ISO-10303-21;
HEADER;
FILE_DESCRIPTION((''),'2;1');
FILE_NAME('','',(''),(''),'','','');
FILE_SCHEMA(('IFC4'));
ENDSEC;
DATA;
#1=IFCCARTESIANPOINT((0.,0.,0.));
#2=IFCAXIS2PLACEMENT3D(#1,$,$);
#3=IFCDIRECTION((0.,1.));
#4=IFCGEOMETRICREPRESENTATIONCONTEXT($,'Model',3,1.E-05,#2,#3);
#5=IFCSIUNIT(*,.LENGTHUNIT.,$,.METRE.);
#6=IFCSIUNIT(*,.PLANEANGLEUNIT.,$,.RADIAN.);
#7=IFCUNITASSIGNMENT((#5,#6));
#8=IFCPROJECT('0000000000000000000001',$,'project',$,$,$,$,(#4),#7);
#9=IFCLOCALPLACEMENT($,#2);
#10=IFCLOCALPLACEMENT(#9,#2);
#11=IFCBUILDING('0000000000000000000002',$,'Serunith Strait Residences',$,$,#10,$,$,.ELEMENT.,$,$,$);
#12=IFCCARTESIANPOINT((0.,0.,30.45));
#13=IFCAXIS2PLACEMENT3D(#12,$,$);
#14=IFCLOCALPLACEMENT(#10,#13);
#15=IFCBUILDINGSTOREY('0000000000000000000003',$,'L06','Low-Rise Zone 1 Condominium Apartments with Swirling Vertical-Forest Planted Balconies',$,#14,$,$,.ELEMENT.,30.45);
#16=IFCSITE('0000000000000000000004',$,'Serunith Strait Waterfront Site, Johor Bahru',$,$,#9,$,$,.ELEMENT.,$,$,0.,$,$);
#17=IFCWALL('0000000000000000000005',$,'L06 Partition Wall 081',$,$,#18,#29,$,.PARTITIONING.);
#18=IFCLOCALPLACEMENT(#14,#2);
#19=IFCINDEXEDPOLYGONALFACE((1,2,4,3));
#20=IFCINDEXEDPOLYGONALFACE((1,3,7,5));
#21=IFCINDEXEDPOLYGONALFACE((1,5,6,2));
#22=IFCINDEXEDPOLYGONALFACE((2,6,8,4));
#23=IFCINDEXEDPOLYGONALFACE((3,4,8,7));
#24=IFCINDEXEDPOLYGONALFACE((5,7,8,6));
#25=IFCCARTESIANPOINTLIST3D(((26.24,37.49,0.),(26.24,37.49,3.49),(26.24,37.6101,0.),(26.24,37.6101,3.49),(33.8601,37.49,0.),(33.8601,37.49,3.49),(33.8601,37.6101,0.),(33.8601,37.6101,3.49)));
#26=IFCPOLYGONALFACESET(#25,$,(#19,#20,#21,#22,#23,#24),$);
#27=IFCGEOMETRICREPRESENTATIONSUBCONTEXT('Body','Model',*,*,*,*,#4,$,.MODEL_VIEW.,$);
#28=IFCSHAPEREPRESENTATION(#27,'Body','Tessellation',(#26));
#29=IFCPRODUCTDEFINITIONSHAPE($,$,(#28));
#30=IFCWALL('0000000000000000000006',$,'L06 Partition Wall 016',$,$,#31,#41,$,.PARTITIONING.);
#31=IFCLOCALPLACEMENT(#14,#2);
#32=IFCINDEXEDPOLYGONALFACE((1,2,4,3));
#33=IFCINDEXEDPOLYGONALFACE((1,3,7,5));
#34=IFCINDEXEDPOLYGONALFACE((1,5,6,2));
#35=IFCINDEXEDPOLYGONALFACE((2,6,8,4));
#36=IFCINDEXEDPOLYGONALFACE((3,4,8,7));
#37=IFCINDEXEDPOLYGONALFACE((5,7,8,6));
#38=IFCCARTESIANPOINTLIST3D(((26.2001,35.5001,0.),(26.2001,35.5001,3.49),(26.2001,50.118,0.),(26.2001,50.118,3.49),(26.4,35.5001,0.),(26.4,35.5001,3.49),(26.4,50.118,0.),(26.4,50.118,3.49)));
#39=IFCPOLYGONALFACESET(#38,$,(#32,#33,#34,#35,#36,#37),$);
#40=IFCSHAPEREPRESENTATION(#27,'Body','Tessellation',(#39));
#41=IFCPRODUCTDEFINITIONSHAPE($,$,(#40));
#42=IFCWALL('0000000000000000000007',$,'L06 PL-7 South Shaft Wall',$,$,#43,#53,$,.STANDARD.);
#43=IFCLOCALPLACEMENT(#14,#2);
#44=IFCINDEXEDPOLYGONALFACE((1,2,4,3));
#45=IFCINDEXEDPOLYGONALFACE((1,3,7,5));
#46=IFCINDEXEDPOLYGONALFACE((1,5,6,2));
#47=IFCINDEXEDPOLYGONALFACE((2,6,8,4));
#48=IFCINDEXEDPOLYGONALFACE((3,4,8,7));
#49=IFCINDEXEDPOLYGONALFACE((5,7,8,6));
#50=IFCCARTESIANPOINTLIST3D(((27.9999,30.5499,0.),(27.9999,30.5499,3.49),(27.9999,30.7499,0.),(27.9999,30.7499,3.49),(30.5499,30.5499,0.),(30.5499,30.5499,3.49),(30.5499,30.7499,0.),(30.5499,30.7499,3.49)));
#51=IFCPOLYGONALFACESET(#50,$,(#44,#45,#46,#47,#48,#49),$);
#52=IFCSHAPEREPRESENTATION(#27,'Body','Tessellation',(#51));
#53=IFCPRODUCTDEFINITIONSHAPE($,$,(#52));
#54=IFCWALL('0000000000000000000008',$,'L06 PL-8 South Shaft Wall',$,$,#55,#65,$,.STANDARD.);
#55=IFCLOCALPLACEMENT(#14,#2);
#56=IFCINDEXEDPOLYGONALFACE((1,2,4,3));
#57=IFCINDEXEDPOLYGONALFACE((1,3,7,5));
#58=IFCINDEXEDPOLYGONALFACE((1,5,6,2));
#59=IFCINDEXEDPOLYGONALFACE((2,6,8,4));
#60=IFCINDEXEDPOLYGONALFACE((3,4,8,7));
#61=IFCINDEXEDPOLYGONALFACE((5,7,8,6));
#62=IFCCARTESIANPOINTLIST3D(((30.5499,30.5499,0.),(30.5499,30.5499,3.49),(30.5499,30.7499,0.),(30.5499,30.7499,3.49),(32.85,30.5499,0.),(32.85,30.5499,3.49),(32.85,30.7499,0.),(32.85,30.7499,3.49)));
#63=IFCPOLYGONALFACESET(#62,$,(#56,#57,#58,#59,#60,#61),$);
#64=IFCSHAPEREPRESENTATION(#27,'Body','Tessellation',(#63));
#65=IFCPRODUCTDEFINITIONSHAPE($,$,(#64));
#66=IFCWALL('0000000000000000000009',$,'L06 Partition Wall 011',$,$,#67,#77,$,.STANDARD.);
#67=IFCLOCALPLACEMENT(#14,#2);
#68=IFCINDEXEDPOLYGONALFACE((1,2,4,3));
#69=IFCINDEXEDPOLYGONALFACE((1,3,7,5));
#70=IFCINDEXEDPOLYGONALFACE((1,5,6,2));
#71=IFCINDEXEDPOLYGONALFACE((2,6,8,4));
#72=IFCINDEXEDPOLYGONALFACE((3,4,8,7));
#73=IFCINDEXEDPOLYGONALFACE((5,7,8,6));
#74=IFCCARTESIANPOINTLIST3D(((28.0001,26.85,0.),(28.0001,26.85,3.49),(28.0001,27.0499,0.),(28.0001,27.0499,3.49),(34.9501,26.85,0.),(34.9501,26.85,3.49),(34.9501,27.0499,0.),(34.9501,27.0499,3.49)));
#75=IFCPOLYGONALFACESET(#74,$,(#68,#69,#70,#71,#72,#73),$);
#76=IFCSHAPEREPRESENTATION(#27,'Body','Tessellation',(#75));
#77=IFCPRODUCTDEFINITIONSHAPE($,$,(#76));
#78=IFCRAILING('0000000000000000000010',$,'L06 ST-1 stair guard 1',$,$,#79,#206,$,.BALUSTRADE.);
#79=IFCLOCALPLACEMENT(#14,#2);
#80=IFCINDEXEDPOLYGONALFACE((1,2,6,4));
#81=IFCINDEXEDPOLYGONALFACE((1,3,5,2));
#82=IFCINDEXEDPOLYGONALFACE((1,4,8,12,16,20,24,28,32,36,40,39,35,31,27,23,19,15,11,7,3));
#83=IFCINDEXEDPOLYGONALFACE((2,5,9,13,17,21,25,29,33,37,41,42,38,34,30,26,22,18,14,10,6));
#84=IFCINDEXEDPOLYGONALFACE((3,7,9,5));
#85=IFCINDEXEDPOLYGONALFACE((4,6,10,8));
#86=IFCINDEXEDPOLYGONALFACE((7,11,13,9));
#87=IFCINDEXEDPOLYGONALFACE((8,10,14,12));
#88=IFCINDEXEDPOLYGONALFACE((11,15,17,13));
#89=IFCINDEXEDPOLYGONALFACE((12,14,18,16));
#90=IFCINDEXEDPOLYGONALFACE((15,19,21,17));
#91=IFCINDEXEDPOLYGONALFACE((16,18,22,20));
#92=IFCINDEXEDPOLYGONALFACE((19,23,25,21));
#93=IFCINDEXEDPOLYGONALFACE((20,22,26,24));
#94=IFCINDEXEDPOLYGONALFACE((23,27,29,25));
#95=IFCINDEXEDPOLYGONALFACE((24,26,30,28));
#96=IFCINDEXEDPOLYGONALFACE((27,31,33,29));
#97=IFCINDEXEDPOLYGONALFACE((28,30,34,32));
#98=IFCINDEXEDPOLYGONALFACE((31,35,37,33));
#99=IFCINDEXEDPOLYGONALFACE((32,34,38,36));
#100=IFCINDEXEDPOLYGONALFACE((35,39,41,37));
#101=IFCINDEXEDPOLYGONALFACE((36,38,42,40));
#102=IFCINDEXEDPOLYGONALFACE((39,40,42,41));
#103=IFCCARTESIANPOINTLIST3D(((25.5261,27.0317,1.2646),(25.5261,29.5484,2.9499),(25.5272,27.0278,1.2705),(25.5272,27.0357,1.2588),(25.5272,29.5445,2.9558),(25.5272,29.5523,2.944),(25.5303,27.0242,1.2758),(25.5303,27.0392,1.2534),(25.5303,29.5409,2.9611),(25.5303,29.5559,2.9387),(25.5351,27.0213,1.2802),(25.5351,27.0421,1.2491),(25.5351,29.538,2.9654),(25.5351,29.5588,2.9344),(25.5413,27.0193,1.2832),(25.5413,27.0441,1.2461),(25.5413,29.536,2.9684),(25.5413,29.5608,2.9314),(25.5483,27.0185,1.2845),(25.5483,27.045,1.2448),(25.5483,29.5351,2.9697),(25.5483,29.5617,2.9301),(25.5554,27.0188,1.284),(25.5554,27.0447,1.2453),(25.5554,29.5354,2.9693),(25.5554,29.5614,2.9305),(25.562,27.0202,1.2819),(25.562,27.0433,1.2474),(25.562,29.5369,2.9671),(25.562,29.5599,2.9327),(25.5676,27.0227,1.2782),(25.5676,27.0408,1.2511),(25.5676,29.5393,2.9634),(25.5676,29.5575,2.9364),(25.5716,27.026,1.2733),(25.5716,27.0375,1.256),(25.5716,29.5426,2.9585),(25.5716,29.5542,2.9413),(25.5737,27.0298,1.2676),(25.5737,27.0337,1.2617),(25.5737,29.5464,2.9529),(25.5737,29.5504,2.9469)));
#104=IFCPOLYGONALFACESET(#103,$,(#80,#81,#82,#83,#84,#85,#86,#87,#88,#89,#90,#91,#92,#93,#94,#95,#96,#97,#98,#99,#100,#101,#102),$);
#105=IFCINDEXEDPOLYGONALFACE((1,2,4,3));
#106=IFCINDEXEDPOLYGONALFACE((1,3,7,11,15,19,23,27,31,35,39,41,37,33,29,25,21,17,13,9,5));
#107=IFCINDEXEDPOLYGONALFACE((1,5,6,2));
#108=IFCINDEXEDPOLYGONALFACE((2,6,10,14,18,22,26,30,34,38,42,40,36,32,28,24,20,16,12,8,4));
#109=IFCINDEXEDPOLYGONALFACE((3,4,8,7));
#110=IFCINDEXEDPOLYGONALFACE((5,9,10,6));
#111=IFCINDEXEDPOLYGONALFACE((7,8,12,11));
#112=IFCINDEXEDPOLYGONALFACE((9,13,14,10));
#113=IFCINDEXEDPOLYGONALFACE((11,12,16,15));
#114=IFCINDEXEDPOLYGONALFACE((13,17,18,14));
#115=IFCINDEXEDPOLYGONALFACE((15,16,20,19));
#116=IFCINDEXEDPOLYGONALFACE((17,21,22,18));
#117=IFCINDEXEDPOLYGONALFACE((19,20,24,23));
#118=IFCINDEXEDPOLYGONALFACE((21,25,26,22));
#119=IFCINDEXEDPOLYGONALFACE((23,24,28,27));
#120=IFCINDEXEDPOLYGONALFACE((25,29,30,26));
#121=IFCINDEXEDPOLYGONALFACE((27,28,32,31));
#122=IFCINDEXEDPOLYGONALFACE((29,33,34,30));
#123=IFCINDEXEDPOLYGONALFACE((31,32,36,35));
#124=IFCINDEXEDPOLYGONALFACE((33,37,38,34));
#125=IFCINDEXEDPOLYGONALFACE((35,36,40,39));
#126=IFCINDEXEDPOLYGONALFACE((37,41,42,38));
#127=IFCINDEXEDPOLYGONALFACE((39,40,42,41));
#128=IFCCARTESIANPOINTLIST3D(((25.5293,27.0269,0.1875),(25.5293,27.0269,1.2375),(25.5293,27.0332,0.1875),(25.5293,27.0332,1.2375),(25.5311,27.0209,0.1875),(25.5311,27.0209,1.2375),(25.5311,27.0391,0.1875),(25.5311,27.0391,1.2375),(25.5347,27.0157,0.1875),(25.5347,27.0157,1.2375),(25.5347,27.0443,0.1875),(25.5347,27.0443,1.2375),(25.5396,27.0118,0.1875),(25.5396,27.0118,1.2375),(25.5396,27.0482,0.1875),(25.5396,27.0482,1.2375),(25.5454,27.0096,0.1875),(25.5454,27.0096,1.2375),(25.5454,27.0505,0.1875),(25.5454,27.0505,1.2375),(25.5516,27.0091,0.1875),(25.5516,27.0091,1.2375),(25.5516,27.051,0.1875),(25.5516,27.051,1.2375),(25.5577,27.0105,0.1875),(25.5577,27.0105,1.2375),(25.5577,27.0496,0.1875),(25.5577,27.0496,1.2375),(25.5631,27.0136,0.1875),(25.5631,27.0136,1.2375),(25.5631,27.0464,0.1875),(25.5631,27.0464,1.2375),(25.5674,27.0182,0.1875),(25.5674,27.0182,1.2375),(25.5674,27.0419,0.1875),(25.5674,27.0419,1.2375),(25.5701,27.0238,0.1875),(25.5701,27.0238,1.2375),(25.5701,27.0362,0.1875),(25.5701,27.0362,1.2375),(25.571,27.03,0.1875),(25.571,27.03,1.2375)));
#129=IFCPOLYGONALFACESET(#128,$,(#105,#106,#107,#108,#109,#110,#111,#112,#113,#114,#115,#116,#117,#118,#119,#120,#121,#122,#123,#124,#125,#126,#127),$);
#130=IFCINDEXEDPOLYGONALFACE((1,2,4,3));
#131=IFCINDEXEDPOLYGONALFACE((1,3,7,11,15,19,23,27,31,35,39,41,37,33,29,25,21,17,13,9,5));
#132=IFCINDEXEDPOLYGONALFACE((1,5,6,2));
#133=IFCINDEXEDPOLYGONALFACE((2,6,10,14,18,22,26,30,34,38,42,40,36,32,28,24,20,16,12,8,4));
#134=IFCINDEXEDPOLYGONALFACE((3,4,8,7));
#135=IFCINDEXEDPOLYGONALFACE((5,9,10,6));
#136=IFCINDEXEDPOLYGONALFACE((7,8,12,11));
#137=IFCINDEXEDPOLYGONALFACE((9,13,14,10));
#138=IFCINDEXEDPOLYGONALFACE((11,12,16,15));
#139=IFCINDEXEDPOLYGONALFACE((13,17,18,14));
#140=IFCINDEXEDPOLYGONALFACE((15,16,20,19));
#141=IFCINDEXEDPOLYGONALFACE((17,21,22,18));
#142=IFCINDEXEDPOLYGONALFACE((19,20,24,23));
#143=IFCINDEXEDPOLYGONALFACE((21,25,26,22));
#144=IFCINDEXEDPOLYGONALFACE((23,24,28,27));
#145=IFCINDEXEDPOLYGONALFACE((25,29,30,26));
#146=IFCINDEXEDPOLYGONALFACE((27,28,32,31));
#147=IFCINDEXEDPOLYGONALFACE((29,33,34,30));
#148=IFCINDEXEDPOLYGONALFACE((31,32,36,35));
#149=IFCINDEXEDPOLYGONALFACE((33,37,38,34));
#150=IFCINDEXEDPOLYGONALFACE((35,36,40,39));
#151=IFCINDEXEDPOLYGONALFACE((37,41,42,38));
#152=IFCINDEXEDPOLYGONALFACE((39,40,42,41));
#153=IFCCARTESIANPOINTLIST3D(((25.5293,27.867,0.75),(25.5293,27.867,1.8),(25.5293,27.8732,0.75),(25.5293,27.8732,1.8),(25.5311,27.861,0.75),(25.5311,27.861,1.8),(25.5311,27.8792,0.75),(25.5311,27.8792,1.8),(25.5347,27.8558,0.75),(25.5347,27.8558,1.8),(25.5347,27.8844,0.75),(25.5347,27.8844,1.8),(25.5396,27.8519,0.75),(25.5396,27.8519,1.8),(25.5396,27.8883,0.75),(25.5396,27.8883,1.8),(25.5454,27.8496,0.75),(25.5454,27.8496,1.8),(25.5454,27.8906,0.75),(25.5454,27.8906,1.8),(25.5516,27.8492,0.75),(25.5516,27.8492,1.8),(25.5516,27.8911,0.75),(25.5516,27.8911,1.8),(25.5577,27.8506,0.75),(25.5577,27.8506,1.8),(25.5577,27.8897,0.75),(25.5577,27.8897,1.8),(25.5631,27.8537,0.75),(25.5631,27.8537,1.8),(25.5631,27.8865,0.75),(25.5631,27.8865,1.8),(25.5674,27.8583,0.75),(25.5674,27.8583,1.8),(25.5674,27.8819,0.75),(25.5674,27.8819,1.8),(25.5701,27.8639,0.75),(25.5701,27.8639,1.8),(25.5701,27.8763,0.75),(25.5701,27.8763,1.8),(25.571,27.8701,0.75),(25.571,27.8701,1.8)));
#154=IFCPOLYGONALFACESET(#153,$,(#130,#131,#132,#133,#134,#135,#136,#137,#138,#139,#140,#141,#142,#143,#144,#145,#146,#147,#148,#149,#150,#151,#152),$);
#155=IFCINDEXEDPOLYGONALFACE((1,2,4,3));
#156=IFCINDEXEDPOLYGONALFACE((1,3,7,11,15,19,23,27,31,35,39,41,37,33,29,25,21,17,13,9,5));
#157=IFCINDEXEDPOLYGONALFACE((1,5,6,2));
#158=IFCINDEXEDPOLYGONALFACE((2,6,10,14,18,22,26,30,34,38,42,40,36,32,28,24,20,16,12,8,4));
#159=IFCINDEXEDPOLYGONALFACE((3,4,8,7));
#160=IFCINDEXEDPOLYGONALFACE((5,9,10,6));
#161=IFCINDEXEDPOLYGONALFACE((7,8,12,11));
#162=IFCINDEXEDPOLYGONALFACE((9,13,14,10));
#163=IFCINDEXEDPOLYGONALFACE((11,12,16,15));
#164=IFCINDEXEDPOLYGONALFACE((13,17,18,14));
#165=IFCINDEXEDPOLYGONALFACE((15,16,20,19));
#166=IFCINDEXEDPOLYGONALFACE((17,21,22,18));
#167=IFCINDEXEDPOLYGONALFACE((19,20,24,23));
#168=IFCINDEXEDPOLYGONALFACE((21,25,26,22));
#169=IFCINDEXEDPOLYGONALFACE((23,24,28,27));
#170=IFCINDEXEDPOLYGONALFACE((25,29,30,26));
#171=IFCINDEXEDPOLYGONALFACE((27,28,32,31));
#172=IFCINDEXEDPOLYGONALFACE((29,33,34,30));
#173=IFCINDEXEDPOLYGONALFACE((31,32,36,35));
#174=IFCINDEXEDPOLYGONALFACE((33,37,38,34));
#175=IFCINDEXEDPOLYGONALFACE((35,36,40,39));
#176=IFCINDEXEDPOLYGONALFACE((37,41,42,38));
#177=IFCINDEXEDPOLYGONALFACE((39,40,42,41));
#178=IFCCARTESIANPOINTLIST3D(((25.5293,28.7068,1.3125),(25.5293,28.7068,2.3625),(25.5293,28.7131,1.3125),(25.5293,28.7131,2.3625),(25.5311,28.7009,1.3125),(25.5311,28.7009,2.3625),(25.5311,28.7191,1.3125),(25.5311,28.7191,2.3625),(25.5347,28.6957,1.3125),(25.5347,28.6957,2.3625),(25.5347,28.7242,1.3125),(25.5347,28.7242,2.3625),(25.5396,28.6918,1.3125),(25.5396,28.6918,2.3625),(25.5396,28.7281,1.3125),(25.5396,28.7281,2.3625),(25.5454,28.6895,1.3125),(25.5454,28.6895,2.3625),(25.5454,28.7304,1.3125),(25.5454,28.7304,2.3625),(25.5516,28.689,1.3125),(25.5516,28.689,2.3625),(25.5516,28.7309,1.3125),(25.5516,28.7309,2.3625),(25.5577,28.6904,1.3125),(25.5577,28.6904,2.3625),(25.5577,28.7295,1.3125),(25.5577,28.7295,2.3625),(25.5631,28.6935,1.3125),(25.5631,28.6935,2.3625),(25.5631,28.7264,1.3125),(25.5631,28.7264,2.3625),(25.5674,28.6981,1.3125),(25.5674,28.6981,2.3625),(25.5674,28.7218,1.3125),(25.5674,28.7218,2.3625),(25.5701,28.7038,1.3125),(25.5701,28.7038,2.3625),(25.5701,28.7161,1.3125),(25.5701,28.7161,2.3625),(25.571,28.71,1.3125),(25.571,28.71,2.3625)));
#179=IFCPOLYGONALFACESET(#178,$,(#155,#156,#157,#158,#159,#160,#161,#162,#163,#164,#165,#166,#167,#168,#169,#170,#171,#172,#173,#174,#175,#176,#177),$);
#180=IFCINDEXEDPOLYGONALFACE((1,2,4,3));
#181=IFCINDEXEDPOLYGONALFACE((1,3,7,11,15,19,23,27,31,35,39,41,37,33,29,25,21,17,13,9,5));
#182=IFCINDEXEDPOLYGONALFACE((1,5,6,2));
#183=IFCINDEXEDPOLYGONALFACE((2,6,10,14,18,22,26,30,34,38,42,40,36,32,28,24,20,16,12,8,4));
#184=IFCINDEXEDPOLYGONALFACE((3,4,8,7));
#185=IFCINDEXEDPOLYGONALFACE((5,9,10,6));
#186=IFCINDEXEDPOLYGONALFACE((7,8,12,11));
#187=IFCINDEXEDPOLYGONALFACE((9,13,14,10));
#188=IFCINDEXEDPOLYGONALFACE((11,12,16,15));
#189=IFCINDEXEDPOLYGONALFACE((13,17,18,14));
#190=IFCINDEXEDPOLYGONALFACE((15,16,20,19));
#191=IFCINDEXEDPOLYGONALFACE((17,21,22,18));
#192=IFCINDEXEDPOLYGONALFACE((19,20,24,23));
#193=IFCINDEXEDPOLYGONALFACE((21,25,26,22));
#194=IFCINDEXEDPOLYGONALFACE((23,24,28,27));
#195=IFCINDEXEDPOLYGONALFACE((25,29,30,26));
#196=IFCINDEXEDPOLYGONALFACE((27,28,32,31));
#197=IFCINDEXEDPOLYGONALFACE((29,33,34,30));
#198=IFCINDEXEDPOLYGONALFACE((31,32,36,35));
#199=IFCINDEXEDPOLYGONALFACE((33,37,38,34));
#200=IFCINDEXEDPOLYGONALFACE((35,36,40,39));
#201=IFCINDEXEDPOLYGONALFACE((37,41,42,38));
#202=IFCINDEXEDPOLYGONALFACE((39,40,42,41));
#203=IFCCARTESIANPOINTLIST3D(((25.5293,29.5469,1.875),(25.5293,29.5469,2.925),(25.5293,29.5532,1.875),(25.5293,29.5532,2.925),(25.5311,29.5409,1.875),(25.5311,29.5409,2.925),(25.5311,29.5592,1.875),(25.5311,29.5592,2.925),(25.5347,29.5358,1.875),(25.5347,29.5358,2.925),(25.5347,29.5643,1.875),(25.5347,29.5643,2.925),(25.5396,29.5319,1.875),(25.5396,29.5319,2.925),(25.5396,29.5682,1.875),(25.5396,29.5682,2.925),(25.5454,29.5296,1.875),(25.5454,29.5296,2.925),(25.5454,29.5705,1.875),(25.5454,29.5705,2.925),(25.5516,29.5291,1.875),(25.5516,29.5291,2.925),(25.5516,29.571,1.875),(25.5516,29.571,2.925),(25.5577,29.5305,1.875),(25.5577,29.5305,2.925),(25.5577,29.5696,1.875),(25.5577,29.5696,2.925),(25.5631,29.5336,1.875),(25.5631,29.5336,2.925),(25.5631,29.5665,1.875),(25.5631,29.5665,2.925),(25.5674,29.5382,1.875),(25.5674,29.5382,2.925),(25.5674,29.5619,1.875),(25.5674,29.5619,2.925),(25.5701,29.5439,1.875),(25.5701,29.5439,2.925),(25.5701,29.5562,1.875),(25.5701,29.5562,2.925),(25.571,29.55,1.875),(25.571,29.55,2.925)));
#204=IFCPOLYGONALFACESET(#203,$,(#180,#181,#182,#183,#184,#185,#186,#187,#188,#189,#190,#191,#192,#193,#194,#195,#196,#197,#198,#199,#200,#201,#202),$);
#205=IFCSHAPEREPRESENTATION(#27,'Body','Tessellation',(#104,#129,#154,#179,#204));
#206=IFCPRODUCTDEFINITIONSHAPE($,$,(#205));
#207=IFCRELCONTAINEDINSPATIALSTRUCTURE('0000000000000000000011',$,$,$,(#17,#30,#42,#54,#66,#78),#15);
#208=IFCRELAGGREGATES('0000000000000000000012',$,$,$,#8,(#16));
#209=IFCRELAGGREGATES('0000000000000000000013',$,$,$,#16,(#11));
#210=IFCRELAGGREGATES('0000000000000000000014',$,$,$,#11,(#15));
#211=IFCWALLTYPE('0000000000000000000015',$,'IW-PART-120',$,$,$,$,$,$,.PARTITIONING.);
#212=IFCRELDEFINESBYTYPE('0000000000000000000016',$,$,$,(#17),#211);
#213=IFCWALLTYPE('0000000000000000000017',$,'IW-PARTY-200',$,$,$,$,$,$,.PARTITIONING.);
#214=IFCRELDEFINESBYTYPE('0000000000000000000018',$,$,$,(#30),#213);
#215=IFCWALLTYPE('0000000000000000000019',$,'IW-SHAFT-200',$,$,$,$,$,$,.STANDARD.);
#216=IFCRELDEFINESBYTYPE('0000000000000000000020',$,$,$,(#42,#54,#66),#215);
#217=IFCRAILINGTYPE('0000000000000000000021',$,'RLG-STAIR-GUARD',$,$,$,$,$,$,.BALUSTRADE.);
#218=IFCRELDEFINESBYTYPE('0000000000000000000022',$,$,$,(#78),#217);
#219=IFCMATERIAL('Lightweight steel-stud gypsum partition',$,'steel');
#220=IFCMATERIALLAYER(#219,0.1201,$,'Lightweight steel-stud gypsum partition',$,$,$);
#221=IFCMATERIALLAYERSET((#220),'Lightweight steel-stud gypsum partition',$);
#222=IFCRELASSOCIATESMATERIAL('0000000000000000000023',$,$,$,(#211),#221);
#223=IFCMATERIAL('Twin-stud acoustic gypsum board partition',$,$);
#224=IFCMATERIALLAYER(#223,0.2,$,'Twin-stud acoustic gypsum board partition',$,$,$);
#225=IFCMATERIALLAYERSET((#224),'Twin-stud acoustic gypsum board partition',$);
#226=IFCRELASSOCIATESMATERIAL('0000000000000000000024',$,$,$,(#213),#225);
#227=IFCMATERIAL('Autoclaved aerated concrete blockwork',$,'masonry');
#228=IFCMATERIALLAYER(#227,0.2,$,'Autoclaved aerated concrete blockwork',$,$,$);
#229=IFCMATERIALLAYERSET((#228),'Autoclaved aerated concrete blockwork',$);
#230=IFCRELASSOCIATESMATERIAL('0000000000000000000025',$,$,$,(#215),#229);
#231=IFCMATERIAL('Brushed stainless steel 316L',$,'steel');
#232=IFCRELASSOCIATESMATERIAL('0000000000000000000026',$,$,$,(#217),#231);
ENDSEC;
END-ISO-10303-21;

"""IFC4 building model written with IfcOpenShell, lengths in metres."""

from ifc_helpers import new_model, si_unit, direction, frame, frame_2d, origin, origin_2d, place, context, subcontext, project, spatial, rectangle, circle, extrude, material, layer, layer_set, type_object, element, save


model = new_model("IFC4")

# Units and contexts
model_context = context("Model", 3, precision=1e-05, world=origin(), true_north=direction((0.0, 1.0)))
body_context = subcontext(model_context, "Body", "Model", "MODEL_VIEW")
ifc_project = project(units=[si_unit("LENGTHUNIT", "METRE"), si_unit("PLANEANGLEUNIT", "RADIAN")], contexts=[model_context])

# Site, building, storey
site_placement = place(None, origin())
site = spatial("IfcSite", under=ifc_project, at=site_placement, Name="Serunith Strait Waterfront Site, Johor Bahru", CompositionType="ELEMENT", RefElevation=0.0)
building_placement = place(site_placement, origin())
building = spatial("IfcBuilding", under=site, at=building_placement, Name="Serunith Strait Residences", CompositionType="ELEMENT")
storey_placement = place(building_placement, frame((0.0, 0.0, 30.45)))
storey = spatial("IfcBuildingStorey", under=building, at=storey_placement, Name="L06", Description="Low-Rise Zone 1 Condominium Apartments with Swirling Vertical-Forest Planted Balconies", CompositionType="ELEMENT", Elevation=30.45)

# Walls
ifc_material_1 = material(Name="Lightweight steel-stud gypsum partition", Category="steel")
ifc_layer_1 = layer(ifc_material_1, 0.1201, Name="Lightweight steel-stud gypsum partition")
ifc_layer_set_1 = layer_set([ifc_layer_1], Name="Lightweight steel-stud gypsum partition")
wall_type_1 = type_object("IfcWallType", Name="IW-PART-120", PredefinedType="PARTITIONING", material=ifc_layer_set_1)
wall_1_placement = place(storey_placement, frame((26.24, 37.55, 0.0), z_axis=(0.0, 0.0, 1.0), x_axis=(1.0, 0.0, 0.0)))
element("IfcWall", 1, at=wall_1_placement, inside=storey, type_object=wall_type_1, Name="L06 Partition Wall 081", PredefinedType="PARTITIONING", context=body_context, shape_type="SweptSolid", body=[
    extrude(rectangle(XDim=7.6201, YDim=0.1201, at=frame_2d((3.8101, 0.0))), origin(), (0.0, 0.0, 1.0), 3.49),
])
ifc_material_2 = material(Name="Twin-stud acoustic gypsum board partition")
ifc_layer_2 = layer(ifc_material_2, 0.2, Name="Twin-stud acoustic gypsum board partition")
ifc_layer_set_2 = layer_set([ifc_layer_2], Name="Twin-stud acoustic gypsum board partition")
wall_type_2 = type_object("IfcWallType", Name="IW-PARTY-200", PredefinedType="PARTITIONING", material=ifc_layer_set_2)
wall_2_placement = place(storey_placement, frame((26.3, 35.5, 0.0), z_axis=(0.0, 0.0, 1.0), x_axis=(0.0, 1.0, 0.0)))
element("IfcWall", 2, at=wall_2_placement, inside=storey, type_object=wall_type_2, Name="L06 Partition Wall 016", PredefinedType="PARTITIONING", context=body_context, shape_type="SweptSolid", body=[
    extrude(rectangle(XDim=14.6179, YDim=0.2, at=frame_2d((7.3091, 0.0))), origin(), (0.0, 0.0, 1.0), 3.49),
])
ifc_material_3 = material(Name="Autoclaved aerated concrete blockwork", Category="masonry")
ifc_layer_3 = layer(ifc_material_3, 0.2, Name="Autoclaved aerated concrete blockwork")
ifc_layer_set_3 = layer_set([ifc_layer_3], Name="Autoclaved aerated concrete blockwork")
wall_type_3 = type_object("IfcWallType", Name="IW-SHAFT-200", PredefinedType="STANDARD", material=ifc_layer_set_3)
wall_3_placement = place(storey_placement, frame((28.0, 30.6499, 0.0), z_axis=(0.0, 0.0, 1.0), x_axis=(1.0, 0.0, 0.0)))
element("IfcWall", 3, at=wall_3_placement, inside=storey, type_object=wall_type_3, Name="L06 PL-7 South Shaft Wall", PredefinedType="STANDARD", context=body_context, shape_type="SweptSolid", body=[
    extrude(rectangle(XDim=2.55, YDim=0.2, at=frame_2d((1.2749, 0.0))), origin(), (0.0, 0.0, 1.0), 3.49),
])
wall_4_placement = place(storey_placement, frame((30.55, 30.6499, 0.0), z_axis=(0.0, 0.0, 1.0), x_axis=(1.0, 0.0, 0.0)))
element("IfcWall", 4, at=wall_4_placement, inside=storey, type_object=wall_type_3, Name="L06 PL-8 South Shaft Wall", PredefinedType="STANDARD", context=body_context, shape_type="SweptSolid", body=[
    extrude(rectangle(XDim=2.3, YDim=0.2, at=frame_2d((1.1499, 0.0))), origin(), (0.0, 0.0, 1.0), 3.49),
])
wall_5_placement = place(storey_placement, frame((28.0, 26.95, 0.0), z_axis=(0.0, 0.0, 1.0), x_axis=(1.0, 0.0, 0.0)))
element("IfcWall", 5, at=wall_5_placement, inside=storey, type_object=wall_type_3, Name="L06 Partition Wall 011", PredefinedType="STANDARD", context=body_context, shape_type="SweptSolid", body=[
    extrude(rectangle(XDim=6.95, YDim=0.2, at=frame_2d((3.4751, 0.0))), origin(), (0.0, 0.0, 1.0), 3.49),
])

# Railing
ifc_material_4 = material(Name="Brushed stainless steel 316L", Category="steel")
railing_type_1 = type_object("IfcRailingType", Name="RLG-STAIR-GUARD", PredefinedType="BALUSTRADE", material=ifc_material_4)
railing_1_placement = place(storey_placement, frame((25.55, 27.03, 0.1875)))
element("IfcRailing", 6, at=railing_1_placement, inside=storey, type_object=railing_type_1, Name="L06 ST-1 stair guard 1", PredefinedType="BALUSTRADE", context=body_context, shape_type="SweptSolid", body=[
    extrude(circle(Radius=0.0239, at=origin_2d()), frame((0.0, 0.0017, 1.0771), z_axis=(0.0, 0.830909, 0.556408), x_axis=(-1.0, 0.0, 0.0)), (0.0, 0.0, 1.0), 3.0288),
    extrude(circle(Radius=0.021, at=origin_2d()), origin(), (0.0, 0.0, 1.0), 1.05),
    extrude(circle(Radius=0.021, at=origin_2d()), frame((0.0, 0.8401, 0.5625)), (0.0, 0.0, 1.0), 1.05),
    extrude(circle(Radius=0.021, at=origin_2d()), frame((0.0, 1.6799, 1.125)), (0.0, 0.0, 1.0), 1.05),
    extrude(circle(Radius=0.021, at=origin_2d()), frame((0.0, 2.52, 1.6875)), (0.0, 0.0, 1.0), 1.05),
])

save(model, "model.ifc")
